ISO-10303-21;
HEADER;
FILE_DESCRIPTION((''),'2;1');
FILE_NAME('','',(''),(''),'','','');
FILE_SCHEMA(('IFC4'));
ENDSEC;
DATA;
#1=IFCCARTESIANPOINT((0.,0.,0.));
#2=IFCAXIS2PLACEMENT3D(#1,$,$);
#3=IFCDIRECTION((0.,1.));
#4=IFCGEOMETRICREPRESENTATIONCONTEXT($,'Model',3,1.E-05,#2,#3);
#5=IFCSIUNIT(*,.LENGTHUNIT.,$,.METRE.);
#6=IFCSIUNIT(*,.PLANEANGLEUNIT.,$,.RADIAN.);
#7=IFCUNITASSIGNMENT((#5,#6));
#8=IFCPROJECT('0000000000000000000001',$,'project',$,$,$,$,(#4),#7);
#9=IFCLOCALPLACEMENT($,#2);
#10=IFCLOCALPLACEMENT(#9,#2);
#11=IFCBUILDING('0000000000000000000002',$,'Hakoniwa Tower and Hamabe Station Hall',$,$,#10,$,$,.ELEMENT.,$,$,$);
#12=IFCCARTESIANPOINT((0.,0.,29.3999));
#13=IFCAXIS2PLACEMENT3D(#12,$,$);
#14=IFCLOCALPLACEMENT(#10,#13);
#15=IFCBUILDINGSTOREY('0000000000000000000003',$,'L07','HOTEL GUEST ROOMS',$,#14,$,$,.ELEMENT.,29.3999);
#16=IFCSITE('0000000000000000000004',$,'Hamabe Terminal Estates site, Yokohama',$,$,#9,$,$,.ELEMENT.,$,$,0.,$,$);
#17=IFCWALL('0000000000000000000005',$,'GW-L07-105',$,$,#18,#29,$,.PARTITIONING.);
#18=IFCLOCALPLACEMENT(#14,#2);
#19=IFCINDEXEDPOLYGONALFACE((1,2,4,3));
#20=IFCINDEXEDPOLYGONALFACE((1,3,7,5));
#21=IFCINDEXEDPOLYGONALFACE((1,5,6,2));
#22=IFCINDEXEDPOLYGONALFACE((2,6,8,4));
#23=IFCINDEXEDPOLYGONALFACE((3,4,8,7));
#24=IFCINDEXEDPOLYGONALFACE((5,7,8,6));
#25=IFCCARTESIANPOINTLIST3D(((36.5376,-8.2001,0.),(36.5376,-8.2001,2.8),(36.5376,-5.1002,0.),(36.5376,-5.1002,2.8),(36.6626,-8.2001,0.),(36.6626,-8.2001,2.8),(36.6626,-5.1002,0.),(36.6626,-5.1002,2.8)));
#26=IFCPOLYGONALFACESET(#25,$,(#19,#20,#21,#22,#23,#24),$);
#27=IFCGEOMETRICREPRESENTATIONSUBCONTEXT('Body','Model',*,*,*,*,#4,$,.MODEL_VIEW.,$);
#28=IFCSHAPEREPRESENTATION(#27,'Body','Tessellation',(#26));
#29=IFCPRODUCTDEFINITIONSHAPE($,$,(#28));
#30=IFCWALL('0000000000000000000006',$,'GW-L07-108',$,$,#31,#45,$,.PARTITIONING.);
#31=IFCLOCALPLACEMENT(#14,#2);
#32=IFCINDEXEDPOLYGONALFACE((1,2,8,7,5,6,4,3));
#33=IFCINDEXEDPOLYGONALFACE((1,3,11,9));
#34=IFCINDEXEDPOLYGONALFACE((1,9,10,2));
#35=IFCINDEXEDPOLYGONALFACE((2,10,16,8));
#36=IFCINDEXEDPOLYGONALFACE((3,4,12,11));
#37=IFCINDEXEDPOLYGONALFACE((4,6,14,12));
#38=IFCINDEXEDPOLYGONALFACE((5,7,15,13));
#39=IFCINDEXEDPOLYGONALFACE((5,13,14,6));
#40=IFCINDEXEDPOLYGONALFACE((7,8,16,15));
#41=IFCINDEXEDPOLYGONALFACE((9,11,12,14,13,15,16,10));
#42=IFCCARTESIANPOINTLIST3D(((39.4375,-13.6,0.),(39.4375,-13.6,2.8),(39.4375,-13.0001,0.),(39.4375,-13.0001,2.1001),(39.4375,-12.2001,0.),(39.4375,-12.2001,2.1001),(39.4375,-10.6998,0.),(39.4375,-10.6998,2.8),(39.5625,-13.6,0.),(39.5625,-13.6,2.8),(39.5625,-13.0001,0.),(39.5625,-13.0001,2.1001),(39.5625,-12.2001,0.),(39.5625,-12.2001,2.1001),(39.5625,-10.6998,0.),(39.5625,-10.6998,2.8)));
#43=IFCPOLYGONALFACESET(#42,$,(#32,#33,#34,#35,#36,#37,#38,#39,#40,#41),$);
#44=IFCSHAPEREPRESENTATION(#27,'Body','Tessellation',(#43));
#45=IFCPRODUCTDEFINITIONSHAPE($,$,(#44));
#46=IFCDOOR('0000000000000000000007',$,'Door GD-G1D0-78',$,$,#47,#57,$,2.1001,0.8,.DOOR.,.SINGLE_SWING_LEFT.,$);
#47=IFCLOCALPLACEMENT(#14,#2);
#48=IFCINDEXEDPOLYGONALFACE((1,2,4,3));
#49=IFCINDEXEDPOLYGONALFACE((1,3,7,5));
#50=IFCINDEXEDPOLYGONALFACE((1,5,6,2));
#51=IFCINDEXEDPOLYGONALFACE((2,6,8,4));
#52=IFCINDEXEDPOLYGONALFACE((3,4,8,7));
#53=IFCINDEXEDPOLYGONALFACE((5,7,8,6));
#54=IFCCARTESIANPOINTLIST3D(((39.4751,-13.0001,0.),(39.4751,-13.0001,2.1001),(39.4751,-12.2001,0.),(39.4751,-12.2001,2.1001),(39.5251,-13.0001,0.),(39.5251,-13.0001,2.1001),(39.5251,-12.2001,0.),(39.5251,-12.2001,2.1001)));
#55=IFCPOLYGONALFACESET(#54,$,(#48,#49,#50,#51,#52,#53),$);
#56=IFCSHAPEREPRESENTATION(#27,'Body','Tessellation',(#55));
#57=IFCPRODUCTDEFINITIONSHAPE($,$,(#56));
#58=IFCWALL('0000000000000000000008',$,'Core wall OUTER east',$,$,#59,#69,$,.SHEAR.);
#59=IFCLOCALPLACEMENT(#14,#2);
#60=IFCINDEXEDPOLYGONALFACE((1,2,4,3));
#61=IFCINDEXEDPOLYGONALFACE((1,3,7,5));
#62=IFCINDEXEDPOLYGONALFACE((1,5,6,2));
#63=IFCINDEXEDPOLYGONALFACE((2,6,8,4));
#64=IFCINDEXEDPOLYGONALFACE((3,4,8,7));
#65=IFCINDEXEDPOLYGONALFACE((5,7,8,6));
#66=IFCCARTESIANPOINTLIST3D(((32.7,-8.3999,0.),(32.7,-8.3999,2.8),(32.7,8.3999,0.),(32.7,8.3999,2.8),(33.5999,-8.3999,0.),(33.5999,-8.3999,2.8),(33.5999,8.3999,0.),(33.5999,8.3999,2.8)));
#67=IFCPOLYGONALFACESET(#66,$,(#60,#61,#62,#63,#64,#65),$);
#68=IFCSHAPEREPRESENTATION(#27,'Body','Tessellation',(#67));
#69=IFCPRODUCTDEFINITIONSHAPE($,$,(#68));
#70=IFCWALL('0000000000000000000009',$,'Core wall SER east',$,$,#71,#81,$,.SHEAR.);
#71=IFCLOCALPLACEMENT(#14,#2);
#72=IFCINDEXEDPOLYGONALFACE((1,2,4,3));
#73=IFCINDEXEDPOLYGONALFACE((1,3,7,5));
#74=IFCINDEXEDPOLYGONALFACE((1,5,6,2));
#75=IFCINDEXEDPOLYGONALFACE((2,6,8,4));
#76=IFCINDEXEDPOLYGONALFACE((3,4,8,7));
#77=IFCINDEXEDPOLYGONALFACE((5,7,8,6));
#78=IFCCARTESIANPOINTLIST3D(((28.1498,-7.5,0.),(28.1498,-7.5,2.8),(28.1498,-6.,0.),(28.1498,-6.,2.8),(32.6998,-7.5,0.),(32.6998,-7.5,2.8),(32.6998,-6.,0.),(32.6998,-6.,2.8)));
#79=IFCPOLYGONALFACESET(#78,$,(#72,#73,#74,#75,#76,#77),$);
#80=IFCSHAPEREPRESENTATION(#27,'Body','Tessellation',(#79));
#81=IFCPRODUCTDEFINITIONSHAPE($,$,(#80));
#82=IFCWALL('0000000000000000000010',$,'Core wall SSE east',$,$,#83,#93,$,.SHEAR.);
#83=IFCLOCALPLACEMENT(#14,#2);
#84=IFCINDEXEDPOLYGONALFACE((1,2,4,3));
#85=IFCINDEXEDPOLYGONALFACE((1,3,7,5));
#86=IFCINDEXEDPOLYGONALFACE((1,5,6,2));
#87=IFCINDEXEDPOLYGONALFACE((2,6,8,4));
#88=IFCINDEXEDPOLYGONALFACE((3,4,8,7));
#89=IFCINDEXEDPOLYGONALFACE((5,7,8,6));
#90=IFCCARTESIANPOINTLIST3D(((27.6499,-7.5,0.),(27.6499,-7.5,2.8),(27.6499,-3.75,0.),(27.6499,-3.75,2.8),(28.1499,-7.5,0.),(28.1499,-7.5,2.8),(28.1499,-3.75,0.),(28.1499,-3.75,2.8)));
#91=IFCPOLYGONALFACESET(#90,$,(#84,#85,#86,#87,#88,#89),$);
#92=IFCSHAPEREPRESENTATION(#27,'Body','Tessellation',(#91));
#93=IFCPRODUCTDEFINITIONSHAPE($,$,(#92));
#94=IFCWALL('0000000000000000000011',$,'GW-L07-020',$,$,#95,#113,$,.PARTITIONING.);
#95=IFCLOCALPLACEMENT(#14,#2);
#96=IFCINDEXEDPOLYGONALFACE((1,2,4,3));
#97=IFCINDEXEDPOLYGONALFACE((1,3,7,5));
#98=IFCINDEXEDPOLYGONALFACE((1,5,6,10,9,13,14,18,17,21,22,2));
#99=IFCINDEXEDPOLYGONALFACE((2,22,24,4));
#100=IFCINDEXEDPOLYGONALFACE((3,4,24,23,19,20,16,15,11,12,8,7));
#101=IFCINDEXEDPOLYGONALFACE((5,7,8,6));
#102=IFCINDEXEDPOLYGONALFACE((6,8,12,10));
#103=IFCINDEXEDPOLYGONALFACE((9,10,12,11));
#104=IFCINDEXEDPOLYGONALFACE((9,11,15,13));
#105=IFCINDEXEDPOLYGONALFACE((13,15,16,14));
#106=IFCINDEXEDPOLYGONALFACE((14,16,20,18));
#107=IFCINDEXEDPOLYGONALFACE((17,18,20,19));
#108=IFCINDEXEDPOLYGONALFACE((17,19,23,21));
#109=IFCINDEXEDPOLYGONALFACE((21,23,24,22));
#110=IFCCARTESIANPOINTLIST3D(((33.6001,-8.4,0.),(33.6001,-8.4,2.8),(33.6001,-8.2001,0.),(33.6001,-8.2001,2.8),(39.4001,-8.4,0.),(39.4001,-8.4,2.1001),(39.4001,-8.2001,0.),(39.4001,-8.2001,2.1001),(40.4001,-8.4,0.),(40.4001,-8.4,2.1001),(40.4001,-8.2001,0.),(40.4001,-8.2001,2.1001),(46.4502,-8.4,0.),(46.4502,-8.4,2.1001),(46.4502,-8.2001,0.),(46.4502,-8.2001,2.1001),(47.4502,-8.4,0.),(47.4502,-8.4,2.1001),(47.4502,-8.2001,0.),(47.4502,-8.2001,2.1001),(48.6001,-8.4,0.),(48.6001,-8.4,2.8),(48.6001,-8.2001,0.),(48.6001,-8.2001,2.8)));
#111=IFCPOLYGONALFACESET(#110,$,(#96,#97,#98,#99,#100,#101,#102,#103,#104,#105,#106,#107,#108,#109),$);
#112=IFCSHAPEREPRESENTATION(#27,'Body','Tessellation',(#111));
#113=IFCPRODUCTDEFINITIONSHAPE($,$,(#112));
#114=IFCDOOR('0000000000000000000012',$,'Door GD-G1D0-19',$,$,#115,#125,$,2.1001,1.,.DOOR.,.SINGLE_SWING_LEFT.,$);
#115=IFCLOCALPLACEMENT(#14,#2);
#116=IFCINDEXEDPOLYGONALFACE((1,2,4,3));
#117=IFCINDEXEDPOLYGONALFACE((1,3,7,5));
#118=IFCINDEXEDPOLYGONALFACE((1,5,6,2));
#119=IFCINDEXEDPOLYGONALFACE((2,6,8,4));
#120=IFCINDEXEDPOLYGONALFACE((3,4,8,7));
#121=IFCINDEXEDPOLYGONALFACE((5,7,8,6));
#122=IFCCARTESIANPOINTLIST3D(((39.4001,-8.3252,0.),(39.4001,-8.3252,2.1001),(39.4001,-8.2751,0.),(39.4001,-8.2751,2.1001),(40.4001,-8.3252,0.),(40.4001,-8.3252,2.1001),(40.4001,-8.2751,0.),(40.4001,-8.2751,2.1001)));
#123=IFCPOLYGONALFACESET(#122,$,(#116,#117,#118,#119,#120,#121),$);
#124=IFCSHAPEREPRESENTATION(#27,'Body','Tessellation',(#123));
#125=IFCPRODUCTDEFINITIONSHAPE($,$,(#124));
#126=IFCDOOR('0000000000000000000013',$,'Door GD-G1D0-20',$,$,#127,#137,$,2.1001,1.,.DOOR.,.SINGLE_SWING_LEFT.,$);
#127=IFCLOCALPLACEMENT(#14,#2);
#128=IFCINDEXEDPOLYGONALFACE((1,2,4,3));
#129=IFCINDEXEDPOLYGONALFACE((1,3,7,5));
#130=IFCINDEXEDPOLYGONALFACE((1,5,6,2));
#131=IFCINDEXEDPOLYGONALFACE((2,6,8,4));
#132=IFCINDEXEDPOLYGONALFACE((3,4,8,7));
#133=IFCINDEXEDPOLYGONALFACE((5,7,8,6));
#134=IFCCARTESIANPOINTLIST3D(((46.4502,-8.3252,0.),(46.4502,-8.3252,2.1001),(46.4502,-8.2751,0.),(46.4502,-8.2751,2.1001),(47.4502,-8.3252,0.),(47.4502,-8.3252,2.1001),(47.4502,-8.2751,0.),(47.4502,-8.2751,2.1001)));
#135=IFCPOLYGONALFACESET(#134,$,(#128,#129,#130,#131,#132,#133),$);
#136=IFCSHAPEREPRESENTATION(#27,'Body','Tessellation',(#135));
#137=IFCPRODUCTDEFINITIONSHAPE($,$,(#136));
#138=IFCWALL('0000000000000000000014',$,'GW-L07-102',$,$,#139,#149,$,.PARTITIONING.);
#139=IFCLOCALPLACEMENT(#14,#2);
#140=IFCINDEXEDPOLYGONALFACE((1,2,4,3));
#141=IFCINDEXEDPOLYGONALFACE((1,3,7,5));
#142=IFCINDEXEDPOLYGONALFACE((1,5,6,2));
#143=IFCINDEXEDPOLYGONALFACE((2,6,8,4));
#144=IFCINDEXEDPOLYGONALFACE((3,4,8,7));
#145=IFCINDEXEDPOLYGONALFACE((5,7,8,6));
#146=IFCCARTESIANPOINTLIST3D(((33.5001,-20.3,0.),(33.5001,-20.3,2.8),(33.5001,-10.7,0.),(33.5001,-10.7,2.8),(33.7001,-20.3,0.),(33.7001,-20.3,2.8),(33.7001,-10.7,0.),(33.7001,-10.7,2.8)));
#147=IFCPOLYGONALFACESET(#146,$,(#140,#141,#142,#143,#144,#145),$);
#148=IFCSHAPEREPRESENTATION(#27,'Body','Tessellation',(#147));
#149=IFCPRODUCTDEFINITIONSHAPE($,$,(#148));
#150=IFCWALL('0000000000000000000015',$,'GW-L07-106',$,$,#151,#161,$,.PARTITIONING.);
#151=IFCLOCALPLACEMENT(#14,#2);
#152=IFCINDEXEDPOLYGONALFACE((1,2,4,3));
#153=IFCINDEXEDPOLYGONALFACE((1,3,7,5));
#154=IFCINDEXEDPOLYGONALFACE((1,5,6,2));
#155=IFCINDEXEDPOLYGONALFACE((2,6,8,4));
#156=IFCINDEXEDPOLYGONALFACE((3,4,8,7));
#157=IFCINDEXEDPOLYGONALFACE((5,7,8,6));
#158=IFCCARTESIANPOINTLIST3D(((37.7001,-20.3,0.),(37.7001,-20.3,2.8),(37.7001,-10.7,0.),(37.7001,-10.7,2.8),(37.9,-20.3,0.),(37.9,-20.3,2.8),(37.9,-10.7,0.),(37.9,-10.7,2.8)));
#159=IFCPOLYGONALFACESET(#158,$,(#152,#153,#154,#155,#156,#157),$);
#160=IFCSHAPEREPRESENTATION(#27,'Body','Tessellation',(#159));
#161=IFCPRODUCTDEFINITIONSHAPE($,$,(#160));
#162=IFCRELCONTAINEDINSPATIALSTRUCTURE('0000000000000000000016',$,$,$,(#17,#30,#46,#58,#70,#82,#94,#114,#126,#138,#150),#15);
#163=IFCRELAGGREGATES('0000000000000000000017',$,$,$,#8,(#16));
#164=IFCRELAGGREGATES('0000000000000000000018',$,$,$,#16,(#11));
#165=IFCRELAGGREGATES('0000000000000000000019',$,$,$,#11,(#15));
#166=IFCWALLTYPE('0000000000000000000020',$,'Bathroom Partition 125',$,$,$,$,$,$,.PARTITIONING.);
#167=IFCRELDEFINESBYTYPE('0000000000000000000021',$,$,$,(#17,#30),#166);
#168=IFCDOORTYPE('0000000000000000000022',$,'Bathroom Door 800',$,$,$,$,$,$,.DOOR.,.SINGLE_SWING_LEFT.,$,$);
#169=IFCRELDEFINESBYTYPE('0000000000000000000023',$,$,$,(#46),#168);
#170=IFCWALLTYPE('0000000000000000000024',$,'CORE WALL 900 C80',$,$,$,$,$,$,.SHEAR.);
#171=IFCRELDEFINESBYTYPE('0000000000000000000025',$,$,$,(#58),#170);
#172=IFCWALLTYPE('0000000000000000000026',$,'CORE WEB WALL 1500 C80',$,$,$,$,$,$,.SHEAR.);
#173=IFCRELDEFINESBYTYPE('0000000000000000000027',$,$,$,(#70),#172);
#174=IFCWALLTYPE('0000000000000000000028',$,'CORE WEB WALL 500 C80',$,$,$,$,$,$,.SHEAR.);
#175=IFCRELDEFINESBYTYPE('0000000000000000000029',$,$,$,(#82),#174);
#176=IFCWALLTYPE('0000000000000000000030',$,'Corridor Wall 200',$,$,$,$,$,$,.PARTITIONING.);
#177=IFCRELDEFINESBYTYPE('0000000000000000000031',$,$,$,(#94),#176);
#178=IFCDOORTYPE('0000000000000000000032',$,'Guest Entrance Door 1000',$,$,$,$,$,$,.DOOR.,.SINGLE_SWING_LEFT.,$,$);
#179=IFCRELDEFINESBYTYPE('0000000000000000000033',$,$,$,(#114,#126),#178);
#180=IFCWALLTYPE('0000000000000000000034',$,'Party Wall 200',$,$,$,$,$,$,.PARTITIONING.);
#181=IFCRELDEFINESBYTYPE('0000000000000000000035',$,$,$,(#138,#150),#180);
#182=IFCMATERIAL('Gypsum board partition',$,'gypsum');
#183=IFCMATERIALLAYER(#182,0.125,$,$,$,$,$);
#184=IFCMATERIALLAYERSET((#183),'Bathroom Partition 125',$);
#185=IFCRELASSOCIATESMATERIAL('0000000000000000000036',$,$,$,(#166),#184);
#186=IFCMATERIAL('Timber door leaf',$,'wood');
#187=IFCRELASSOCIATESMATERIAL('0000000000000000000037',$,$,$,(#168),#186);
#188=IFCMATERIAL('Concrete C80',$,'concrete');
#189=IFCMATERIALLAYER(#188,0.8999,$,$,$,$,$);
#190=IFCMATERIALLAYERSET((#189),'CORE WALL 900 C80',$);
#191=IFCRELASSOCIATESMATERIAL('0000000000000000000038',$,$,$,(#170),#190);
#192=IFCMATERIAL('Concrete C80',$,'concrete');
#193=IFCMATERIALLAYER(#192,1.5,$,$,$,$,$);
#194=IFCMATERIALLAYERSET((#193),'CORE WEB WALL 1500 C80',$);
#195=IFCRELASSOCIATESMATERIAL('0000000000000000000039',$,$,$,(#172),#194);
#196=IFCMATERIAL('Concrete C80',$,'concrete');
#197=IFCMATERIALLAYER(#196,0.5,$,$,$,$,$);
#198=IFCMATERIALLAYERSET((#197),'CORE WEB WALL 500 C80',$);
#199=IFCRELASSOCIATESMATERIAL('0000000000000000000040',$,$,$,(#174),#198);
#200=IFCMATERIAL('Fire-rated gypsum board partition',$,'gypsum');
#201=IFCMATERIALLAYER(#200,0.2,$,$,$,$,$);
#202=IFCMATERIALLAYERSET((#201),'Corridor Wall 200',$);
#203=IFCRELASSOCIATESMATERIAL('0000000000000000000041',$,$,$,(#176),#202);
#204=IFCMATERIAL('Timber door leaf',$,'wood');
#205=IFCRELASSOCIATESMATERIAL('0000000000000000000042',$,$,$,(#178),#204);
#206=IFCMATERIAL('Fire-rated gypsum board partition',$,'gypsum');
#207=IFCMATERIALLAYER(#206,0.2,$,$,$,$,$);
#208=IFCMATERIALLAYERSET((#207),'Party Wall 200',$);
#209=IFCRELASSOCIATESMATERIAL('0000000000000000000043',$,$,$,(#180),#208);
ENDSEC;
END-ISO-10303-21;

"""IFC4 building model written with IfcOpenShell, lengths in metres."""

from ifc_helpers import new_model, si_unit, direction, frame, frame_2d, origin, place, context, subcontext, project, spatial, rectangle, extrude, material, layer, layer_set, type_object, element, fill, save


model = new_model("IFC4")

# Units and contexts
model_context = context("Model", 3, precision=1e-05, world=origin(), true_north=direction((0.0, 1.0)))
body_context = subcontext(model_context, "Body", "Model", "MODEL_VIEW")
ifc_project = project(units=[si_unit("LENGTHUNIT", "METRE"), si_unit("PLANEANGLEUNIT", "RADIAN")], contexts=[model_context])

# Site, building, storey
site_placement = place(None, origin())
site = spatial("IfcSite", under=ifc_project, at=site_placement, Name="Hamabe Terminal Estates site, Yokohama", CompositionType="ELEMENT", RefElevation=0.0)
building_placement = place(site_placement, origin())
building = spatial("IfcBuilding", under=site, at=building_placement, Name="Hakoniwa Tower and Hamabe Station Hall", CompositionType="ELEMENT")
storey_placement = place(building_placement, frame((0.0, 0.0, 29.3999)))
storey = spatial("IfcBuildingStorey", under=building, at=storey_placement, Name="L07", Description="HOTEL GUEST ROOMS", CompositionType="ELEMENT", Elevation=29.3999)

# Shared definitions
ifc_material_1 = material(Name="Gypsum board partition", Category="gypsum")
ifc_layer_1 = layer(ifc_material_1, 0.125)
ifc_layer_set_1 = layer_set([ifc_layer_1], Name="Bathroom Partition 125")
wall_type_1 = type_object("IfcWallType", Name="Bathroom Partition 125", PredefinedType="PARTITIONING", material=ifc_layer_set_1)
ifc_material_2 = material(Name="Timber door leaf", Category="wood")
door_type_1 = type_object("IfcDoorType", Name="Bathroom Door 800", OperationType="SINGLE_SWING_LEFT", PredefinedType="DOOR", material=ifc_material_2)

# Wall
wall_1_placement = place(storey_placement, frame((36.6001, -8.2, 0.0), z_axis=(0.0, 0.0, 1.0), x_axis=(0.0, 1.0, 0.0)))
element("IfcWall", 1, at=wall_1_placement, inside=storey, type_object=wall_type_1, Name="GW-L07-105", PredefinedType="PARTITIONING", context=body_context, shape_type="SweptSolid", body=[
    extrude(rectangle(XDim=3.0999, YDim=0.125, at=frame_2d((1.5498, 0.0))), origin(), (0.0, 0.0, 1.0), 2.8),
])

# Wall, opening, door
wall_2_placement = place(storey_placement, frame((39.5, -13.6001, 0.0), z_axis=(0.0, 0.0, 1.0), x_axis=(0.0, 1.0, 0.0)))
wall_2 = element("IfcWall", 2, at=wall_2_placement, inside=storey, type_object=wall_type_1, Name="GW-L07-108", PredefinedType="PARTITIONING", context=body_context, shape_type="SweptSolid", body=[
    extrude(rectangle(XDim=2.9001, YDim=0.125, at=frame_2d((1.4502, 0.0))), origin(), (0.0, 0.0, 1.0), 2.8),
])
opening_1_placement = place(wall_2_placement, frame((0.6001, 0.0, 0.0)))
opening_1 = element("IfcOpeningElement", 3, at=opening_1_placement, cuts=wall_2, PredefinedType="OPENING", context=body_context, shape_type="SweptSolid", body=[
    extrude(rectangle(XDim=0.8, YDim=2.1001, at=frame_2d((0.3999, 1.05))), frame((0.0, 0.0725, 0.0), z_axis=(0.0, -1.0, 0.0), x_axis=(1.0, 0.0, 0.0)), (0.0, 0.0, 1.0), 0.145),
])
door_1_placement = place(opening_1_placement, origin())
door_1 = element("IfcDoor", 4, at=door_1_placement, inside=storey, type_object=door_type_1, Name="Door GD-G1D0-78", OperationType="SINGLE_SWING_LEFT", OverallHeight=2.1001, OverallWidth=0.8, PredefinedType="DOOR", context=body_context, shape_type="SweptSolid", body=[
    extrude(rectangle(XDim=0.8, YDim=2.1001, at=frame_2d((0.3999, 1.05))), frame((0.0, 0.0249, 0.0), z_axis=(0.0, -1.0, 0.0), x_axis=(1.0, 0.0, 0.0)), (0.0, 0.0, 1.0), 0.05),
])
fill(opening_1, door_1)

# Walls
ifc_material_3 = material(Name="Concrete C80", Category="concrete")
ifc_layer_2 = layer(ifc_material_3, 0.8999)
ifc_layer_set_2 = layer_set([ifc_layer_2], Name="CORE WALL 900 C80")
wall_type_2 = type_object("IfcWallType", Name="CORE WALL 900 C80", PredefinedType="SHEAR", material=ifc_layer_set_2)
wall_3_placement = place(storey_placement, frame((33.1499, -8.3999, 0.0), z_axis=(0.0, 0.0, 1.0), x_axis=(0.0, 1.0, 0.0)))
element("IfcWall", 5, at=wall_3_placement, inside=storey, type_object=wall_type_2, Name="Core wall OUTER east", PredefinedType="SHEAR", context=body_context, shape_type="SweptSolid", body=[
    extrude(rectangle(XDim=16.7998, YDim=0.8999, at=frame_2d((8.3999, 0.0))), origin(), (0.0, 0.0, 1.0), 2.8),
])
ifc_material_4 = material(Name="Concrete C80", Category="concrete")
ifc_layer_3 = layer(ifc_material_4, 1.5)
ifc_layer_set_3 = layer_set([ifc_layer_3], Name="CORE WEB WALL 1500 C80")
wall_type_3 = type_object("IfcWallType", Name="CORE WEB WALL 1500 C80", PredefinedType="SHEAR", material=ifc_layer_set_3)
wall_4_placement = place(storey_placement, frame((28.1499, -6.75, 0.0), z_axis=(0.0, 0.0, 1.0), x_axis=(1.0, 0.0, 0.0)))
element("IfcWall", 6, at=wall_4_placement, inside=storey, type_object=wall_type_3, Name="Core wall SER east", PredefinedType="SHEAR", context=body_context, shape_type="SweptSolid", body=[
    extrude(rectangle(XDim=4.55, YDim=1.5, at=frame_2d((2.2749, 0.0))), origin(), (0.0, 0.0, 1.0), 2.8),
])
ifc_material_5 = material(Name="Concrete C80", Category="concrete")
ifc_layer_4 = layer(ifc_material_5, 0.5)
ifc_layer_set_4 = layer_set([ifc_layer_4], Name="CORE WEB WALL 500 C80")
wall_type_4 = type_object("IfcWallType", Name="CORE WEB WALL 500 C80", PredefinedType="SHEAR", material=ifc_layer_set_4)
wall_5_placement = place(storey_placement, frame((27.8999, -7.5, 0.0), z_axis=(0.0, 0.0, 1.0), x_axis=(0.0, 1.0, 0.0)))
element("IfcWall", 7, at=wall_5_placement, inside=storey, type_object=wall_type_4, Name="Core wall SSE east", PredefinedType="SHEAR", context=body_context, shape_type="SweptSolid", body=[
    extrude(rectangle(XDim=3.75, YDim=0.5, at=frame_2d((1.875, 0.0))), origin(), (0.0, 0.0, 1.0), 2.8),
])

# Wall, openings, doors
ifc_material_6 = material(Name="Fire-rated gypsum board partition", Category="gypsum")
ifc_layer_5 = layer(ifc_material_6, 0.2)
ifc_layer_set_5 = layer_set([ifc_layer_5], Name="Corridor Wall 200")
wall_type_5 = type_object("IfcWallType", Name="Corridor Wall 200", PredefinedType="PARTITIONING", material=ifc_layer_set_5)
wall_6_placement = place(storey_placement, frame((33.6001, -8.3, 0.0), z_axis=(0.0, 0.0, 1.0), x_axis=(1.0, 0.0, 0.0)))
wall_6 = element("IfcWall", 8, at=wall_6_placement, inside=storey, type_object=wall_type_5, Name="GW-L07-020", PredefinedType="PARTITIONING", context=body_context, shape_type="SweptSolid", body=[
    extrude(rectangle(XDim=15.0, YDim=0.2, at=frame_2d((7.5, 0.0))), origin(), (0.0, 0.0, 1.0), 2.8),
])
opening_2_placement = place(wall_6_placement, frame((5.8, 0.0, 0.0)))
opening_2 = element("IfcOpeningElement", 9, at=opening_2_placement, cuts=wall_6, PredefinedType="OPENING", context=body_context, shape_type="SweptSolid", body=[
    extrude(rectangle(XDim=1.0, YDim=2.1001, at=frame_2d((0.5, 1.05))), frame((0.0, 0.1099, 0.0), z_axis=(0.0, -1.0, 0.0), x_axis=(1.0, 0.0, 0.0)), (0.0, 0.0, 1.0), 0.22),
])
opening_3_placement = place(wall_6_placement, frame((12.8501, 0.0, 0.0)))
opening_3 = element("IfcOpeningElement", 10, at=opening_3_placement, cuts=wall_6, PredefinedType="OPENING", context=body_context, shape_type="SweptSolid", body=[
    extrude(rectangle(XDim=1.0, YDim=2.1001, at=frame_2d((0.5, 1.05))), frame((0.0, 0.1099, 0.0), z_axis=(0.0, -1.0, 0.0), x_axis=(1.0, 0.0, 0.0)), (0.0, 0.0, 1.0), 0.22),
])
ifc_material_7 = material(Name="Timber door leaf", Category="wood")
door_type_2 = type_object("IfcDoorType", Name="Guest Entrance Door 1000", OperationType="SINGLE_SWING_LEFT", PredefinedType="DOOR", material=ifc_material_7)
door_2_placement = place(opening_2_placement, origin())
door_2 = element("IfcDoor", 11, at=door_2_placement, inside=storey, type_object=door_type_2, Name="Door GD-G1D0-19", OperationType="SINGLE_SWING_LEFT", OverallHeight=2.1001, OverallWidth=1.0, PredefinedType="DOOR", context=body_context, shape_type="SweptSolid", body=[
    extrude(rectangle(XDim=1.0, YDim=2.1001, at=frame_2d((0.5, 1.05))), frame((0.0, 0.0249, 0.0), z_axis=(0.0, -1.0, 0.0), x_axis=(1.0, 0.0, 0.0)), (0.0, 0.0, 1.0), 0.05),
])
fill(opening_2, door_2)
door_3_placement = place(opening_3_placement, origin())
door_3 = element("IfcDoor", 12, at=door_3_placement, inside=storey, type_object=door_type_2, Name="Door GD-G1D0-20", OperationType="SINGLE_SWING_LEFT", OverallHeight=2.1001, OverallWidth=1.0, PredefinedType="DOOR", context=body_context, shape_type="SweptSolid", body=[
    extrude(rectangle(XDim=1.0, YDim=2.1001, at=frame_2d((0.5, 1.05))), frame((0.0, 0.0249, 0.0), z_axis=(0.0, -1.0, 0.0), x_axis=(1.0, 0.0, 0.0)), (0.0, 0.0, 1.0), 0.05),
])
fill(opening_3, door_3)

# Walls
ifc_material_8 = material(Name="Fire-rated gypsum board partition", Category="gypsum")
ifc_layer_6 = layer(ifc_material_8, 0.2)
ifc_layer_set_6 = layer_set([ifc_layer_6], Name="Party Wall 200")
wall_type_6 = type_object("IfcWallType", Name="Party Wall 200", PredefinedType="PARTITIONING", material=ifc_layer_set_6)
for number, where, z_axis, x_axis, name in (
    (13, (33.6001, -20.3, 0.0), (0.0, 0.0, 1.0), (0.0, 1.0, 0.0), "GW-L07-102"),
    (14, (37.8, -20.3, 0.0), (0.0, 0.0, 1.0), (0.0, 1.0, 0.0), "GW-L07-106"),
):
    element("IfcWall", number, at=place(storey_placement, frame(where, z_axis=z_axis, x_axis=x_axis)), inside=storey, type_object=wall_type_6, Name=name, PredefinedType="PARTITIONING", context=body_context, shape_type="SweptSolid", body=[
        extrude(rectangle(XDim=9.6001, YDim=0.2, at=frame_2d((4.8, 0.0))), origin(), (0.0, 0.0, 1.0), 2.8),
    ])

save(model, "model.ifc")
